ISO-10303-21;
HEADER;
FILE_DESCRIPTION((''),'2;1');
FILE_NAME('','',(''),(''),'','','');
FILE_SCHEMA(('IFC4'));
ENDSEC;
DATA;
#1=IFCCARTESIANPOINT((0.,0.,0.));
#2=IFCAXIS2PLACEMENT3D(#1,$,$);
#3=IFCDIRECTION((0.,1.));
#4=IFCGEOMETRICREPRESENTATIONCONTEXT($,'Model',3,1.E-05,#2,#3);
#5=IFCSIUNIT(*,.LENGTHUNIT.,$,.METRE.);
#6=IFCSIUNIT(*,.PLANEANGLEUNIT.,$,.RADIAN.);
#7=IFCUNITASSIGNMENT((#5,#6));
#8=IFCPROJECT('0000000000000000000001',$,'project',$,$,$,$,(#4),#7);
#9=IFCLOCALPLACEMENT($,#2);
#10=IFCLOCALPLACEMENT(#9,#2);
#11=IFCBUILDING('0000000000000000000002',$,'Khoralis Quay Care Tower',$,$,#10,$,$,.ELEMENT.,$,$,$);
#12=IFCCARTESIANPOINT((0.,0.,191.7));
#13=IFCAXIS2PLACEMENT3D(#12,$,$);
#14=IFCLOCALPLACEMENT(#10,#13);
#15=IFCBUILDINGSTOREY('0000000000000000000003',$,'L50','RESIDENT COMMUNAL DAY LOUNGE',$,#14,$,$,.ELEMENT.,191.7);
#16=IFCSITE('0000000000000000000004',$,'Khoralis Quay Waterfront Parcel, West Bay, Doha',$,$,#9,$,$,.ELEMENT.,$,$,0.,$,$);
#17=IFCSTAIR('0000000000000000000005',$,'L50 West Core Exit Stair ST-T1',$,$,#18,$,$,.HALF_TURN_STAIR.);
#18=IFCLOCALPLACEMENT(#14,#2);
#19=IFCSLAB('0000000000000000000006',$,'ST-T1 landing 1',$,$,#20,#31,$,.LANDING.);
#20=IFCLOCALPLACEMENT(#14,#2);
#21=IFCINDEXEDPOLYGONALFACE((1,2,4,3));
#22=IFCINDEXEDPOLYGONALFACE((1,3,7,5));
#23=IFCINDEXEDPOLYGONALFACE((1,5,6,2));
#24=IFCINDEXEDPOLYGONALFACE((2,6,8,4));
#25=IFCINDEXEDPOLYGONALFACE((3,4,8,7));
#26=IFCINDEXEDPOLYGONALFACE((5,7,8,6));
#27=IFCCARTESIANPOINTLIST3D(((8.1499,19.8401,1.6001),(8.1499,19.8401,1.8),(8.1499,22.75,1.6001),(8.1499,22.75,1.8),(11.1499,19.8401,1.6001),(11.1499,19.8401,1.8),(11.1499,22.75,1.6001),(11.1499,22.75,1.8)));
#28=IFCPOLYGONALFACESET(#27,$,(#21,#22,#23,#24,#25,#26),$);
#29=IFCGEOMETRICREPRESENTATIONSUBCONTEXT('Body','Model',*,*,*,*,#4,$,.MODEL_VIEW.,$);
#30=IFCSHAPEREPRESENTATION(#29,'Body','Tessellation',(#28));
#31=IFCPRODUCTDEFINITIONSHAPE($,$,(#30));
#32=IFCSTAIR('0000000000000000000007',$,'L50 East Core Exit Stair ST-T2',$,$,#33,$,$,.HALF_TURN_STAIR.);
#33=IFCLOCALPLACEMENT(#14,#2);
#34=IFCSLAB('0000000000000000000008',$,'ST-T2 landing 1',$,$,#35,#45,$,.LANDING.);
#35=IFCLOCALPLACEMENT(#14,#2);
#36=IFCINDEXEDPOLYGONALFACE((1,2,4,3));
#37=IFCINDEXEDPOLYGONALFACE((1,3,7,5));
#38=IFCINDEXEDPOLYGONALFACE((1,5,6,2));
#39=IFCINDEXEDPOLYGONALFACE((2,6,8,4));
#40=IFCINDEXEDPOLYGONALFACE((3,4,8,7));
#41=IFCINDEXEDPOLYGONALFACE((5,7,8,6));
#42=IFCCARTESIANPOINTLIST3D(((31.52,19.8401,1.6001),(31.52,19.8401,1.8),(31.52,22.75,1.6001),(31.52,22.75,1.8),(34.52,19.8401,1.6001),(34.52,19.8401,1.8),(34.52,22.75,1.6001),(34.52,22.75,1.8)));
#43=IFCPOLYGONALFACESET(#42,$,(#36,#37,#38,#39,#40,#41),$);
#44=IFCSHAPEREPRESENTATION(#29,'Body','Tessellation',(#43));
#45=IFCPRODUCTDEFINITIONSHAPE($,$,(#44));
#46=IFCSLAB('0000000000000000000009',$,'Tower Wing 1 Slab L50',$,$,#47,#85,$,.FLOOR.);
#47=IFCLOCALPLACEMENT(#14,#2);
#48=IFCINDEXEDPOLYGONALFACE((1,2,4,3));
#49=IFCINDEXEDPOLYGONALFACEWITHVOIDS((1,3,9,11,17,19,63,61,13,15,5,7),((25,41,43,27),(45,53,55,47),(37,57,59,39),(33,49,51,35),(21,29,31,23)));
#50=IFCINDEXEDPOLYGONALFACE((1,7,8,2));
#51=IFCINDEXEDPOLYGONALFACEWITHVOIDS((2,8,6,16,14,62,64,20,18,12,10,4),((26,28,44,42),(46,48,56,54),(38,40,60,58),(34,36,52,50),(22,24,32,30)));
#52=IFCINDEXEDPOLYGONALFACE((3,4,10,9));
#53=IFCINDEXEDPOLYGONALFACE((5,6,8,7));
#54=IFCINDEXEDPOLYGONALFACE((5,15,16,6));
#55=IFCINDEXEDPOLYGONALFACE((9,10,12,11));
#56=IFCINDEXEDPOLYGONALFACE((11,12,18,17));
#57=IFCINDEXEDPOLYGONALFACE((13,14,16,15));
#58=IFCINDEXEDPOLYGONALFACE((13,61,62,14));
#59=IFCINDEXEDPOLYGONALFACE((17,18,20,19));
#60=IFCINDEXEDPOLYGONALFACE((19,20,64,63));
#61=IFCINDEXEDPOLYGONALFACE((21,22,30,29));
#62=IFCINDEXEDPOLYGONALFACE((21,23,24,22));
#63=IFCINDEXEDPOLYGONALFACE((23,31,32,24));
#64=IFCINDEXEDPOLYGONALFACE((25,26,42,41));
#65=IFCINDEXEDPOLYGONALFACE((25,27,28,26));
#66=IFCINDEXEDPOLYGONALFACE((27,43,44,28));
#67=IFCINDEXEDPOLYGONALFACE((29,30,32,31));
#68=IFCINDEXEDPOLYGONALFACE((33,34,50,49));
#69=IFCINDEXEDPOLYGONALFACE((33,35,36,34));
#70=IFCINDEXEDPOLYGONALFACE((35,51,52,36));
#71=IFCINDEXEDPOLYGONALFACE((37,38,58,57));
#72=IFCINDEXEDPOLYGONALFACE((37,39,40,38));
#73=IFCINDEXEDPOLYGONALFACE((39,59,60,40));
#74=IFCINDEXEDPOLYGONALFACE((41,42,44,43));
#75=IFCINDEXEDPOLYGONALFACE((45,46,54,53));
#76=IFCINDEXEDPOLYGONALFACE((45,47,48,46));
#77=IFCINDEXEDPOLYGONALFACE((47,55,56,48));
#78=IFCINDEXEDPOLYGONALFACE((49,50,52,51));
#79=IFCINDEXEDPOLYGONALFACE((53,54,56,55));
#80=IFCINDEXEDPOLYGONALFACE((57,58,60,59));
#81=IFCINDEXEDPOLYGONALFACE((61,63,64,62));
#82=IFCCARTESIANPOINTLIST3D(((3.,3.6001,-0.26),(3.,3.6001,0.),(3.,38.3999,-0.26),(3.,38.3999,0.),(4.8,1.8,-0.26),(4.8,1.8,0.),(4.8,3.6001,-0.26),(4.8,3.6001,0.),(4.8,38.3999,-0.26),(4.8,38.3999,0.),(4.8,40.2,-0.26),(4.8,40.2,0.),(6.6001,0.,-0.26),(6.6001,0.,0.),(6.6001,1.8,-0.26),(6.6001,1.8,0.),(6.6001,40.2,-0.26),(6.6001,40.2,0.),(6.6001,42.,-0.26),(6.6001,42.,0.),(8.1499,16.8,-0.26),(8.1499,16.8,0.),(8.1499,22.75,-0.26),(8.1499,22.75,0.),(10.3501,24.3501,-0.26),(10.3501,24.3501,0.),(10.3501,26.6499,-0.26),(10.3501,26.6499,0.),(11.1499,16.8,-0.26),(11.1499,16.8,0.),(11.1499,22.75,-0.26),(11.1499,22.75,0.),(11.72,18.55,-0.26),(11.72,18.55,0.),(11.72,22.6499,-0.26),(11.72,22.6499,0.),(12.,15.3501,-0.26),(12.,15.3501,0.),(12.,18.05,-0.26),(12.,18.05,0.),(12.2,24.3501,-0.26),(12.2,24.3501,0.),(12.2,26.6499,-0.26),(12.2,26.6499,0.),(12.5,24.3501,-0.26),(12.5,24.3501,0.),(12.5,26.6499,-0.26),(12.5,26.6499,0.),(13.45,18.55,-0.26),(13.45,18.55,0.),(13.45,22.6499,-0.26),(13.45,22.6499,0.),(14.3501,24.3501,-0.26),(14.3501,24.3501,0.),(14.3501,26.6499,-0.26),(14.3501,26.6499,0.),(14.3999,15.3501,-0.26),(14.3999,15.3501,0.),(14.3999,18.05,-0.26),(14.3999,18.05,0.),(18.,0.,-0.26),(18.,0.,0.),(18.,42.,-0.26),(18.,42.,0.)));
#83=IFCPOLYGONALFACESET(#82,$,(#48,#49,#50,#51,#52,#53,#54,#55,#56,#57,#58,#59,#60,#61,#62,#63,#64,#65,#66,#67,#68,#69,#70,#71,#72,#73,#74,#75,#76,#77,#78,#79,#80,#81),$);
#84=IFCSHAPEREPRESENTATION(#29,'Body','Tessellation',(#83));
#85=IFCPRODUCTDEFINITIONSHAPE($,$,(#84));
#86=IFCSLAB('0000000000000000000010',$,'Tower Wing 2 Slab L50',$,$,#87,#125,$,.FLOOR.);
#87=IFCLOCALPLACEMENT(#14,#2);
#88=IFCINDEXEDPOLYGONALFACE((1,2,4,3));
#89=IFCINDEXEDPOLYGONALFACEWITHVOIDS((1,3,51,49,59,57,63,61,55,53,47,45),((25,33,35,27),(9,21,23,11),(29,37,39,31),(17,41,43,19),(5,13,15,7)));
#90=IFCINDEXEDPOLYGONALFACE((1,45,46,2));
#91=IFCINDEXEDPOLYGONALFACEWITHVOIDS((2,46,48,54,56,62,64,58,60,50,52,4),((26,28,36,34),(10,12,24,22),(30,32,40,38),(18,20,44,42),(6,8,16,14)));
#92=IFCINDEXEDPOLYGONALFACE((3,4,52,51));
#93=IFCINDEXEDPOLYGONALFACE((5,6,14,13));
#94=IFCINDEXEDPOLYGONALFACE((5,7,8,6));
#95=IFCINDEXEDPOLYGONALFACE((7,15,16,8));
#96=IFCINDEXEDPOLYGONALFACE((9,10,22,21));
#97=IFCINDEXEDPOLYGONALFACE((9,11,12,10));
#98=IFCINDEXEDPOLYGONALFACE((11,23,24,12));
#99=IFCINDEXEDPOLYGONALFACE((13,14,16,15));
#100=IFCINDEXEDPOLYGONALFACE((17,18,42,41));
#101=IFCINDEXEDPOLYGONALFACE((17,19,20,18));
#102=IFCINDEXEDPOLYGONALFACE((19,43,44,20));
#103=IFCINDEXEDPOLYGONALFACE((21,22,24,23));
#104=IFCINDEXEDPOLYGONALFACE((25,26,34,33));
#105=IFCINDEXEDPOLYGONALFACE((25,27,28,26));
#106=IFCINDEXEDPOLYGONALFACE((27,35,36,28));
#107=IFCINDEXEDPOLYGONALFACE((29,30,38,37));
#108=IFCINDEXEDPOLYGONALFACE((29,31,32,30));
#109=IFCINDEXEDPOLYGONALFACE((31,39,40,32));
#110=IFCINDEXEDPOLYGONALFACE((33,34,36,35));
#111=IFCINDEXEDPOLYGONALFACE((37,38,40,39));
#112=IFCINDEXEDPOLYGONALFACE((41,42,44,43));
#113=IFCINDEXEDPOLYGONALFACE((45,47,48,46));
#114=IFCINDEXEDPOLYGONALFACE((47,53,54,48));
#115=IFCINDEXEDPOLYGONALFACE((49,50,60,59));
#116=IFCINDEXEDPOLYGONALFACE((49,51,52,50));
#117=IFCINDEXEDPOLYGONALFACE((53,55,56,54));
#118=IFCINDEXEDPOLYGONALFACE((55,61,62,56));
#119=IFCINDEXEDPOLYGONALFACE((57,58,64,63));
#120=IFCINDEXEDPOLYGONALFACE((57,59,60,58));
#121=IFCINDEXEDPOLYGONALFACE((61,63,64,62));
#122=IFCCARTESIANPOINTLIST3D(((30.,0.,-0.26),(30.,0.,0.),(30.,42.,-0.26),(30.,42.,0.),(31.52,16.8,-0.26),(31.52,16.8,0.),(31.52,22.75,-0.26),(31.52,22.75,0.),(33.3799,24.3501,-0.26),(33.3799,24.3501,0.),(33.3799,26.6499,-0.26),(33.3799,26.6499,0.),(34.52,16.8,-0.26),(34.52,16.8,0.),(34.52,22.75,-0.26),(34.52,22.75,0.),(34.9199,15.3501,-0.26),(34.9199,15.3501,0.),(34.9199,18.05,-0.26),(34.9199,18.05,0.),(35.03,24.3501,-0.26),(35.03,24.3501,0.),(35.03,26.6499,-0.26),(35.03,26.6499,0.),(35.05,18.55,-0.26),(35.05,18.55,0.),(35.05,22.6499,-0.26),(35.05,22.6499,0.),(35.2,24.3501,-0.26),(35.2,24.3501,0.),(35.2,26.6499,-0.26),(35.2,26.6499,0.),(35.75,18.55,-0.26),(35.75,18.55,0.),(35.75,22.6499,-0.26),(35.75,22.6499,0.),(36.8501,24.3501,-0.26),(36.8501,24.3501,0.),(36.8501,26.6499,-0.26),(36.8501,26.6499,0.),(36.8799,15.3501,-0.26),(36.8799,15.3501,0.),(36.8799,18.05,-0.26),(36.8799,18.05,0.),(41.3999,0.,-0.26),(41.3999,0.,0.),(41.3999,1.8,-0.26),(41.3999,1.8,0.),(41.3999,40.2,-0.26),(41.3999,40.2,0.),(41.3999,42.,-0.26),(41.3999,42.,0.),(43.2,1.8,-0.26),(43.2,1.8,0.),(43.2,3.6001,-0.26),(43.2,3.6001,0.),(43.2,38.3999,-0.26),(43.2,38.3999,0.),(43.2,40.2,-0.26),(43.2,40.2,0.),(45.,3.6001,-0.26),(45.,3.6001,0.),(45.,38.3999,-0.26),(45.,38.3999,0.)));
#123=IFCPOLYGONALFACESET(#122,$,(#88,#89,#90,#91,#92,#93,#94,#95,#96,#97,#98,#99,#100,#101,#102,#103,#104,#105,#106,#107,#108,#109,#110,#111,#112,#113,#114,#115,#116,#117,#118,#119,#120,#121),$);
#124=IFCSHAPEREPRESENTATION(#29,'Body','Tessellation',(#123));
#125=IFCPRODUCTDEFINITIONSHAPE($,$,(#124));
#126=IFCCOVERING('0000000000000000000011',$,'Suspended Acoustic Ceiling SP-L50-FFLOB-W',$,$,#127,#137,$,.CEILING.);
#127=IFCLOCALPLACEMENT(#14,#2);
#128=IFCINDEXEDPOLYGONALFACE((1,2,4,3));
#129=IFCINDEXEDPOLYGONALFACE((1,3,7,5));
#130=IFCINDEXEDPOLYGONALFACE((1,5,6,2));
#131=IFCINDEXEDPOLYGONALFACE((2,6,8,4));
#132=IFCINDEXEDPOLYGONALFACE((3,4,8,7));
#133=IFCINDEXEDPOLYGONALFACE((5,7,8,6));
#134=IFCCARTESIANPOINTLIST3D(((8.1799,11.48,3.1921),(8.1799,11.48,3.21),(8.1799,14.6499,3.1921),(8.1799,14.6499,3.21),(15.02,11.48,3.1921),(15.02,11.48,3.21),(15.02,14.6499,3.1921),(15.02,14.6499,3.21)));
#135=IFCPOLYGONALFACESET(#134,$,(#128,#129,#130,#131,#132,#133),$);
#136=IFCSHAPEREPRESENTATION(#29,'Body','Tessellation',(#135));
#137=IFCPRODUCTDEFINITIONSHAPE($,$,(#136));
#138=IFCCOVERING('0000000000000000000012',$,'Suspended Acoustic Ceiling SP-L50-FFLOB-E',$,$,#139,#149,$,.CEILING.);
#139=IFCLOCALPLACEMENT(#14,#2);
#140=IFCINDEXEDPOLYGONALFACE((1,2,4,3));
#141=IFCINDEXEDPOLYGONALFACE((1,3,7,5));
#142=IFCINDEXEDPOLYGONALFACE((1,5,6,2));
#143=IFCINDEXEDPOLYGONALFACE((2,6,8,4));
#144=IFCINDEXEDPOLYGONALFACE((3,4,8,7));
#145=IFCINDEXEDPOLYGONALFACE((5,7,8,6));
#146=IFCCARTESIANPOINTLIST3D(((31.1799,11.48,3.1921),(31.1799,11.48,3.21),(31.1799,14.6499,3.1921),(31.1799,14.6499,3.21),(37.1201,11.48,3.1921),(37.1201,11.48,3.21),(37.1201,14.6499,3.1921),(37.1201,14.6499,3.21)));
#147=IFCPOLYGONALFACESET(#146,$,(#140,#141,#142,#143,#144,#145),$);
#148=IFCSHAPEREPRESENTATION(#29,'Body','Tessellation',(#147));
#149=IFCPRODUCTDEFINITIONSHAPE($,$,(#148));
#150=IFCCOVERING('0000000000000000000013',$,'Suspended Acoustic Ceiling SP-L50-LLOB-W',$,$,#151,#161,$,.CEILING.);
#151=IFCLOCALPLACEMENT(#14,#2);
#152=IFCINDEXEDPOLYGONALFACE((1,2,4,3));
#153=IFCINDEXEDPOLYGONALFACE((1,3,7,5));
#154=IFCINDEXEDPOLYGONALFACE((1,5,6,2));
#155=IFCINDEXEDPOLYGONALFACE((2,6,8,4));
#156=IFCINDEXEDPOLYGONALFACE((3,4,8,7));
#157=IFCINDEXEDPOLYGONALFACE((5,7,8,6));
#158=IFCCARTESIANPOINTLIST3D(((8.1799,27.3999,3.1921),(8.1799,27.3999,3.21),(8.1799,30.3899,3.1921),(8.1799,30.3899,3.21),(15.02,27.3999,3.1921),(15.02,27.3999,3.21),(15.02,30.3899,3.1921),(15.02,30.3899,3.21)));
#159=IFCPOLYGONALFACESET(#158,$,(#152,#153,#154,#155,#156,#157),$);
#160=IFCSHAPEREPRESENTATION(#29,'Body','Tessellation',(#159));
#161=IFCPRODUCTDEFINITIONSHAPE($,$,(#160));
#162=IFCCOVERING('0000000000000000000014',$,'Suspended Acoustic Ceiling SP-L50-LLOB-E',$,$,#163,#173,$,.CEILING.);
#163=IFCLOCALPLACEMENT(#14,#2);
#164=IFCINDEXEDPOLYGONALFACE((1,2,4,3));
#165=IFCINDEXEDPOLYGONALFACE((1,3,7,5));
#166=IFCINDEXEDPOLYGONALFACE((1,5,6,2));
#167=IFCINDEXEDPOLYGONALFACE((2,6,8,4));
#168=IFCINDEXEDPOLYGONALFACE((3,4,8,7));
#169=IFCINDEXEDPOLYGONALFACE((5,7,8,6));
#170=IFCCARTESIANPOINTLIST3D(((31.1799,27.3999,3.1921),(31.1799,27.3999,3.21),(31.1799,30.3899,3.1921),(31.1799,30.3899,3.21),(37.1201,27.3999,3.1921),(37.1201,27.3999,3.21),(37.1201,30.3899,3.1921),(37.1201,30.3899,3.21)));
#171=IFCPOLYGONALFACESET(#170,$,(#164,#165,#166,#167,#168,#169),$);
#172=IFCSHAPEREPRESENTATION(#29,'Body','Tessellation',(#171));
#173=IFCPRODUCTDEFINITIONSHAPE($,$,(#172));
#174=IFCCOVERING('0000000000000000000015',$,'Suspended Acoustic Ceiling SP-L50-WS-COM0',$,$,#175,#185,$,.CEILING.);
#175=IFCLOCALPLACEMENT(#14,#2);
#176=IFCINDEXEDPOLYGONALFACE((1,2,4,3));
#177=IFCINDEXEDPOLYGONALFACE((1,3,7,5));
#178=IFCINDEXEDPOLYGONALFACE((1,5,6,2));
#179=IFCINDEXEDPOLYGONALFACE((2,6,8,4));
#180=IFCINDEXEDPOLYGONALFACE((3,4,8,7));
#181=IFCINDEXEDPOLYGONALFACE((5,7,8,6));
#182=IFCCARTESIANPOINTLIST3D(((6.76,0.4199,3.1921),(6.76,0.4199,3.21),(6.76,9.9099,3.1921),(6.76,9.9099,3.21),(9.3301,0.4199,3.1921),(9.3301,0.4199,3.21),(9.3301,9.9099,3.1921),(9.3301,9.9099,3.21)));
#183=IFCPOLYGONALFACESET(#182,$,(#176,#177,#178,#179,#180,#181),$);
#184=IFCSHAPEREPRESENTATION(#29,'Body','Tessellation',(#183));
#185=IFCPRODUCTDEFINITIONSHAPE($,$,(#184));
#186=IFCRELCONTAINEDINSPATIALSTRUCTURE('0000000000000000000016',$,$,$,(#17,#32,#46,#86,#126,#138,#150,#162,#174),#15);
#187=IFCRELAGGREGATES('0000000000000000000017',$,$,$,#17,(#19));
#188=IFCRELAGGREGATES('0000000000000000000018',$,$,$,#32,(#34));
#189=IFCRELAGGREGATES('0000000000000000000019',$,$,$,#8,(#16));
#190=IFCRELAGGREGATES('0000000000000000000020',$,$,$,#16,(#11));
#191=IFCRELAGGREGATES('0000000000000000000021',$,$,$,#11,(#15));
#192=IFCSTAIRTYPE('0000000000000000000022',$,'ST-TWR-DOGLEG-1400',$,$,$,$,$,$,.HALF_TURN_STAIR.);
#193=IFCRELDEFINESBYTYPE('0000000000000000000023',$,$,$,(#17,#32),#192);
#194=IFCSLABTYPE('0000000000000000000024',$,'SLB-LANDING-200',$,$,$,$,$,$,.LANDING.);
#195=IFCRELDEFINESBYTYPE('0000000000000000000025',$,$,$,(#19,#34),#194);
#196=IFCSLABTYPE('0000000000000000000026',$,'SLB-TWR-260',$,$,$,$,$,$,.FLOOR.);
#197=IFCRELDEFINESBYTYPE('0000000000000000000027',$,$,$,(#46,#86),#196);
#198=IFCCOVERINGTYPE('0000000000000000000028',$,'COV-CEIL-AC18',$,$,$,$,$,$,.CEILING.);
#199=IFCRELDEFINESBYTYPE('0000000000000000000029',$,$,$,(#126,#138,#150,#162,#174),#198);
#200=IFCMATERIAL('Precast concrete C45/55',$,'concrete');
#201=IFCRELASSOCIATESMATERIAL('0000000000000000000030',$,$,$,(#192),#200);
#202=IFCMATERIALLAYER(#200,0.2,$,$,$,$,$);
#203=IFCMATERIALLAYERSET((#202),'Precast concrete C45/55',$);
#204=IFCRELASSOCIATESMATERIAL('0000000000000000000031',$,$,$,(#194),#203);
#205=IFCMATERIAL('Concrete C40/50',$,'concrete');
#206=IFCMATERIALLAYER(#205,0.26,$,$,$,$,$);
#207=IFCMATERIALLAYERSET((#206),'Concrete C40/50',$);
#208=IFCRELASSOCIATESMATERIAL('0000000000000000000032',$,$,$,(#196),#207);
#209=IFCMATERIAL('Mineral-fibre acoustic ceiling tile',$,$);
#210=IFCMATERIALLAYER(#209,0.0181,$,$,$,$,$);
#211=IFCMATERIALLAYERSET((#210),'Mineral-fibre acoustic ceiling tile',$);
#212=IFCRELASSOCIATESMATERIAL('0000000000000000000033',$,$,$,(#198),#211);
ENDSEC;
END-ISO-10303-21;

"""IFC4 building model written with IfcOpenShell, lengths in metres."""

from ifc_helpers import new_model, si_unit, direction, frame, origin, place, context, subcontext, project, spatial, polyline, outline, extrude, material, layer, layer_set, type_object, element, aggregate, save


model = new_model("IFC4")

# Units and contexts
model_context = context("Model", 3, precision=1e-05, world=origin(), true_north=direction((0.0, 1.0)))
body_context = subcontext(model_context, "Body", "Model", "MODEL_VIEW")
ifc_project = project(units=[si_unit("LENGTHUNIT", "METRE"), si_unit("PLANEANGLEUNIT", "RADIAN")], contexts=[model_context])

# Site, building, storey
site_placement = place(None, origin())
site = spatial("IfcSite", under=ifc_project, at=site_placement, Name="Khoralis Quay Waterfront Parcel, West Bay, Doha", CompositionType="ELEMENT", RefElevation=0.0)
building_placement = place(site_placement, origin())
building = spatial("IfcBuilding", under=site, at=building_placement, Name="Khoralis Quay Care Tower", CompositionType="ELEMENT")
storey_placement = place(building_placement, frame((0.0, 0.0, 191.7)))
storey = spatial("IfcBuildingStorey", under=building, at=storey_placement, Name="L50", Description="RESIDENT COMMUNAL DAY LOUNGE", CompositionType="ELEMENT", Elevation=191.7)

# Stairs, slabs
ifc_material_1 = material(Name="Precast concrete C45/55", Category="concrete")
stair_type = type_object("IfcStairType", Name="ST-TWR-DOGLEG-1400", PredefinedType="HALF_TURN_STAIR", material=ifc_material_1)
stair_1_placement = place(storey_placement, origin())
stair_1 = element("IfcStair", 1, at=stair_1_placement, inside=storey, type_object=stair_type, Name="L50 West Core Exit Stair ST-T1", PredefinedType="HALF_TURN_STAIR")
ifc_layer_1 = layer(ifc_material_1, 0.2)
ifc_layer_set_1 = layer_set([ifc_layer_1], Name="Precast concrete C45/55")
slab_type_1 = type_object("IfcSlabType", Name="SLB-LANDING-200", PredefinedType="LANDING", material=ifc_layer_set_1)
slab_1_placement = place(storey_placement, frame((0.0, 0.0, 1.6001)))
slab_1 = element("IfcSlab", 2, at=slab_1_placement, type_object=slab_type_1, Name="ST-T1 landing 1", PredefinedType="LANDING", context=body_context, shape_type="SweptSolid", body=[
    extrude(outline(polyline([(11.1499, 19.8401), (11.1499, 22.75), (8.1499, 22.75), (8.1499, 19.8401), (11.1499, 19.8401)])), origin(), (0.0, 0.0, 1.0), 0.2),
])
aggregate(stair_1, [slab_1])
stair_2_placement = place(storey_placement, origin())
stair_2 = element("IfcStair", 3, at=stair_2_placement, inside=storey, type_object=stair_type, Name="L50 East Core Exit Stair ST-T2", PredefinedType="HALF_TURN_STAIR")
slab_2_placement = place(storey_placement, frame((0.0, 0.0, 1.6001)))
slab_2 = element("IfcSlab", 4, at=slab_2_placement, type_object=slab_type_1, Name="ST-T2 landing 1", PredefinedType="LANDING", context=body_context, shape_type="SweptSolid", body=[
    extrude(outline(polyline([(34.52, 19.8401), (34.52, 22.75), (31.52, 22.75), (31.52, 19.8401), (34.52, 19.8401)])), origin(), (0.0, 0.0, 1.0), 0.2),
])
aggregate(stair_2, [slab_2])

# Slabs
ifc_material_2 = material(Name="Concrete C40/50", Category="concrete")
ifc_layer_2 = layer(ifc_material_2, 0.26)
ifc_layer_set_2 = layer_set([ifc_layer_2], Name="Concrete C40/50")
slab_type_2 = type_object("IfcSlabType", Name="SLB-TWR-260", PredefinedType="FLOOR", material=ifc_layer_set_2)
slab_3_placement = place(storey_placement, frame((0.0, 0.0, -0.26)))
element("IfcSlab", 5, at=slab_3_placement, inside=storey, type_object=slab_type_2, Name="Tower Wing 1 Slab L50", PredefinedType="FLOOR", context=body_context, shape_type="SweptSolid", body=[
    extrude(outline(polyline([(6.6001, 0.0), (18.0, 0.0), (18.0, 42.0), (6.6001, 42.0), (6.6001, 40.2), (4.8, 40.2), (4.8, 38.3999), (3.0, 38.3999), (3.0, 3.6001), (4.8, 3.6001), (4.8, 1.8), (6.6001, 1.8), (6.6001, 0.0)]), holes=[polyline([(11.1499, 16.8), (11.1499, 22.75), (8.1499, 22.75), (8.1499, 16.8), (11.1499, 16.8)]), polyline([(12.0, 15.3501), (14.3999, 15.3501), (14.3999, 18.05), (12.0, 18.05), (12.0, 15.3501)]), polyline([(10.3501, 24.3501), (12.2, 24.3501), (12.2, 26.6499), (10.3501, 26.6499), (10.3501, 24.3501)]), polyline([(12.5, 24.3501), (14.3501, 24.3501), (14.3501, 26.6499), (12.5, 26.6499), (12.5, 24.3501)]), polyline([(11.72, 18.55), (13.45, 18.55), (13.45, 22.6499), (11.72, 22.6499), (11.72, 18.55)])]), origin(), (0.0, 0.0, 1.0), 0.26),
])
slab_4_placement = place(storey_placement, frame((0.0, 0.0, -0.26)))
element("IfcSlab", 6, at=slab_4_placement, inside=storey, type_object=slab_type_2, Name="Tower Wing 2 Slab L50", PredefinedType="FLOOR", context=body_context, shape_type="SweptSolid", body=[
    extrude(outline(polyline([(30.0, 0.0), (41.3999, 0.0), (41.3999, 1.8), (43.2, 1.8), (43.2, 3.6001), (45.0, 3.6001), (45.0, 38.3999), (43.2, 38.3999), (43.2, 40.2), (41.3999, 40.2), (41.3999, 42.0), (30.0, 42.0), (30.0, 0.0)]), holes=[polyline([(34.52, 16.8), (34.52, 22.75), (31.52, 22.75), (31.52, 16.8), (34.52, 16.8)]), polyline([(34.9199, 15.3501), (36.8799, 15.3501), (36.8799, 18.05), (34.9199, 18.05), (34.9199, 15.3501)]), polyline([(33.3799, 24.3501), (35.03, 24.3501), (35.03, 26.6499), (33.3799, 26.6499), (33.3799, 24.3501)]), polyline([(35.2, 24.3501), (36.8501, 24.3501), (36.8501, 26.6499), (35.2, 26.6499), (35.2, 24.3501)]), polyline([(35.05, 18.55), (35.75, 18.55), (35.75, 22.6499), (35.05, 22.6499), (35.05, 18.55)])]), origin(), (0.0, 0.0, 1.0), 0.26),
])

# Coverings
ifc_material_3 = material(Name="Mineral-fibre acoustic ceiling tile")
ifc_layer_3 = layer(ifc_material_3, 0.0181)
ifc_layer_set_3 = layer_set([ifc_layer_3], Name="Mineral-fibre acoustic ceiling tile")
covering_type_1 = type_object("IfcCoveringType", Name="COV-CEIL-AC18", PredefinedType="CEILING", material=ifc_layer_set_3)
covering_1_placement = place(storey_placement, frame((0.0, 0.0, 3.1921)))
element("IfcCovering", 7, at=covering_1_placement, inside=storey, type_object=covering_type_1, Name="Suspended Acoustic Ceiling SP-L50-FFLOB-W", PredefinedType="CEILING", context=body_context, shape_type="SweptSolid", body=[
    extrude(outline(polyline([(8.1799, 11.48), (15.02, 11.48), (15.02, 14.6499), (8.1799, 14.6499), (8.1799, 11.48)])), origin(), (0.0, 0.0, 1.0), 0.0178),
])
covering_2_placement = place(storey_placement, frame((0.0, 0.0, 3.1921)))
element("IfcCovering", 8, at=covering_2_placement, inside=storey, type_object=covering_type_1, Name="Suspended Acoustic Ceiling SP-L50-FFLOB-E", PredefinedType="CEILING", context=body_context, shape_type="SweptSolid", body=[
    extrude(outline(polyline([(31.1799, 11.48), (37.1201, 11.48), (37.1201, 14.6499), (31.1799, 14.6499), (31.1799, 11.48)])), origin(), (0.0, 0.0, 1.0), 0.0178),
])
covering_3_placement = place(storey_placement, frame((0.0, 0.0, 3.1921)))
element("IfcCovering", 9, at=covering_3_placement, inside=storey, type_object=covering_type_1, Name="Suspended Acoustic Ceiling SP-L50-LLOB-W", PredefinedType="CEILING", context=body_context, shape_type="SweptSolid", body=[
    extrude(outline(polyline([(8.1799, 27.3999), (15.02, 27.3999), (15.02, 30.3899), (8.1799, 30.3899), (8.1799, 27.3999)])), origin(), (0.0, 0.0, 1.0), 0.0178),
])
covering_4_placement = place(storey_placement, frame((0.0, 0.0, 3.1921)))
element("IfcCovering", 10, at=covering_4_placement, inside=storey, type_object=covering_type_1, Name="Suspended Acoustic Ceiling SP-L50-LLOB-E", PredefinedType="CEILING", context=body_context, shape_type="SweptSolid", body=[
    extrude(outline(polyline([(31.1799, 27.3999), (37.1201, 27.3999), (37.1201, 30.3899), (31.1799, 30.3899), (31.1799, 27.3999)])), origin(), (0.0, 0.0, 1.0), 0.0178),
])
covering_5_placement = place(storey_placement, frame((0.0, 0.0, 3.1921)))
element("IfcCovering", 11, at=covering_5_placement, inside=storey, type_object=covering_type_1, Name="Suspended Acoustic Ceiling SP-L50-WS-COM0", PredefinedType="CEILING", context=body_context, shape_type="SweptSolid", body=[
    extrude(outline(polyline([(6.76, 0.4199), (9.3301, 0.4199), (9.3301, 9.9099), (6.76, 9.9099), (6.76, 0.4199)])), origin(), (0.0, 0.0, 1.0), 0.0178),
])

save(model, "model.ifc")
